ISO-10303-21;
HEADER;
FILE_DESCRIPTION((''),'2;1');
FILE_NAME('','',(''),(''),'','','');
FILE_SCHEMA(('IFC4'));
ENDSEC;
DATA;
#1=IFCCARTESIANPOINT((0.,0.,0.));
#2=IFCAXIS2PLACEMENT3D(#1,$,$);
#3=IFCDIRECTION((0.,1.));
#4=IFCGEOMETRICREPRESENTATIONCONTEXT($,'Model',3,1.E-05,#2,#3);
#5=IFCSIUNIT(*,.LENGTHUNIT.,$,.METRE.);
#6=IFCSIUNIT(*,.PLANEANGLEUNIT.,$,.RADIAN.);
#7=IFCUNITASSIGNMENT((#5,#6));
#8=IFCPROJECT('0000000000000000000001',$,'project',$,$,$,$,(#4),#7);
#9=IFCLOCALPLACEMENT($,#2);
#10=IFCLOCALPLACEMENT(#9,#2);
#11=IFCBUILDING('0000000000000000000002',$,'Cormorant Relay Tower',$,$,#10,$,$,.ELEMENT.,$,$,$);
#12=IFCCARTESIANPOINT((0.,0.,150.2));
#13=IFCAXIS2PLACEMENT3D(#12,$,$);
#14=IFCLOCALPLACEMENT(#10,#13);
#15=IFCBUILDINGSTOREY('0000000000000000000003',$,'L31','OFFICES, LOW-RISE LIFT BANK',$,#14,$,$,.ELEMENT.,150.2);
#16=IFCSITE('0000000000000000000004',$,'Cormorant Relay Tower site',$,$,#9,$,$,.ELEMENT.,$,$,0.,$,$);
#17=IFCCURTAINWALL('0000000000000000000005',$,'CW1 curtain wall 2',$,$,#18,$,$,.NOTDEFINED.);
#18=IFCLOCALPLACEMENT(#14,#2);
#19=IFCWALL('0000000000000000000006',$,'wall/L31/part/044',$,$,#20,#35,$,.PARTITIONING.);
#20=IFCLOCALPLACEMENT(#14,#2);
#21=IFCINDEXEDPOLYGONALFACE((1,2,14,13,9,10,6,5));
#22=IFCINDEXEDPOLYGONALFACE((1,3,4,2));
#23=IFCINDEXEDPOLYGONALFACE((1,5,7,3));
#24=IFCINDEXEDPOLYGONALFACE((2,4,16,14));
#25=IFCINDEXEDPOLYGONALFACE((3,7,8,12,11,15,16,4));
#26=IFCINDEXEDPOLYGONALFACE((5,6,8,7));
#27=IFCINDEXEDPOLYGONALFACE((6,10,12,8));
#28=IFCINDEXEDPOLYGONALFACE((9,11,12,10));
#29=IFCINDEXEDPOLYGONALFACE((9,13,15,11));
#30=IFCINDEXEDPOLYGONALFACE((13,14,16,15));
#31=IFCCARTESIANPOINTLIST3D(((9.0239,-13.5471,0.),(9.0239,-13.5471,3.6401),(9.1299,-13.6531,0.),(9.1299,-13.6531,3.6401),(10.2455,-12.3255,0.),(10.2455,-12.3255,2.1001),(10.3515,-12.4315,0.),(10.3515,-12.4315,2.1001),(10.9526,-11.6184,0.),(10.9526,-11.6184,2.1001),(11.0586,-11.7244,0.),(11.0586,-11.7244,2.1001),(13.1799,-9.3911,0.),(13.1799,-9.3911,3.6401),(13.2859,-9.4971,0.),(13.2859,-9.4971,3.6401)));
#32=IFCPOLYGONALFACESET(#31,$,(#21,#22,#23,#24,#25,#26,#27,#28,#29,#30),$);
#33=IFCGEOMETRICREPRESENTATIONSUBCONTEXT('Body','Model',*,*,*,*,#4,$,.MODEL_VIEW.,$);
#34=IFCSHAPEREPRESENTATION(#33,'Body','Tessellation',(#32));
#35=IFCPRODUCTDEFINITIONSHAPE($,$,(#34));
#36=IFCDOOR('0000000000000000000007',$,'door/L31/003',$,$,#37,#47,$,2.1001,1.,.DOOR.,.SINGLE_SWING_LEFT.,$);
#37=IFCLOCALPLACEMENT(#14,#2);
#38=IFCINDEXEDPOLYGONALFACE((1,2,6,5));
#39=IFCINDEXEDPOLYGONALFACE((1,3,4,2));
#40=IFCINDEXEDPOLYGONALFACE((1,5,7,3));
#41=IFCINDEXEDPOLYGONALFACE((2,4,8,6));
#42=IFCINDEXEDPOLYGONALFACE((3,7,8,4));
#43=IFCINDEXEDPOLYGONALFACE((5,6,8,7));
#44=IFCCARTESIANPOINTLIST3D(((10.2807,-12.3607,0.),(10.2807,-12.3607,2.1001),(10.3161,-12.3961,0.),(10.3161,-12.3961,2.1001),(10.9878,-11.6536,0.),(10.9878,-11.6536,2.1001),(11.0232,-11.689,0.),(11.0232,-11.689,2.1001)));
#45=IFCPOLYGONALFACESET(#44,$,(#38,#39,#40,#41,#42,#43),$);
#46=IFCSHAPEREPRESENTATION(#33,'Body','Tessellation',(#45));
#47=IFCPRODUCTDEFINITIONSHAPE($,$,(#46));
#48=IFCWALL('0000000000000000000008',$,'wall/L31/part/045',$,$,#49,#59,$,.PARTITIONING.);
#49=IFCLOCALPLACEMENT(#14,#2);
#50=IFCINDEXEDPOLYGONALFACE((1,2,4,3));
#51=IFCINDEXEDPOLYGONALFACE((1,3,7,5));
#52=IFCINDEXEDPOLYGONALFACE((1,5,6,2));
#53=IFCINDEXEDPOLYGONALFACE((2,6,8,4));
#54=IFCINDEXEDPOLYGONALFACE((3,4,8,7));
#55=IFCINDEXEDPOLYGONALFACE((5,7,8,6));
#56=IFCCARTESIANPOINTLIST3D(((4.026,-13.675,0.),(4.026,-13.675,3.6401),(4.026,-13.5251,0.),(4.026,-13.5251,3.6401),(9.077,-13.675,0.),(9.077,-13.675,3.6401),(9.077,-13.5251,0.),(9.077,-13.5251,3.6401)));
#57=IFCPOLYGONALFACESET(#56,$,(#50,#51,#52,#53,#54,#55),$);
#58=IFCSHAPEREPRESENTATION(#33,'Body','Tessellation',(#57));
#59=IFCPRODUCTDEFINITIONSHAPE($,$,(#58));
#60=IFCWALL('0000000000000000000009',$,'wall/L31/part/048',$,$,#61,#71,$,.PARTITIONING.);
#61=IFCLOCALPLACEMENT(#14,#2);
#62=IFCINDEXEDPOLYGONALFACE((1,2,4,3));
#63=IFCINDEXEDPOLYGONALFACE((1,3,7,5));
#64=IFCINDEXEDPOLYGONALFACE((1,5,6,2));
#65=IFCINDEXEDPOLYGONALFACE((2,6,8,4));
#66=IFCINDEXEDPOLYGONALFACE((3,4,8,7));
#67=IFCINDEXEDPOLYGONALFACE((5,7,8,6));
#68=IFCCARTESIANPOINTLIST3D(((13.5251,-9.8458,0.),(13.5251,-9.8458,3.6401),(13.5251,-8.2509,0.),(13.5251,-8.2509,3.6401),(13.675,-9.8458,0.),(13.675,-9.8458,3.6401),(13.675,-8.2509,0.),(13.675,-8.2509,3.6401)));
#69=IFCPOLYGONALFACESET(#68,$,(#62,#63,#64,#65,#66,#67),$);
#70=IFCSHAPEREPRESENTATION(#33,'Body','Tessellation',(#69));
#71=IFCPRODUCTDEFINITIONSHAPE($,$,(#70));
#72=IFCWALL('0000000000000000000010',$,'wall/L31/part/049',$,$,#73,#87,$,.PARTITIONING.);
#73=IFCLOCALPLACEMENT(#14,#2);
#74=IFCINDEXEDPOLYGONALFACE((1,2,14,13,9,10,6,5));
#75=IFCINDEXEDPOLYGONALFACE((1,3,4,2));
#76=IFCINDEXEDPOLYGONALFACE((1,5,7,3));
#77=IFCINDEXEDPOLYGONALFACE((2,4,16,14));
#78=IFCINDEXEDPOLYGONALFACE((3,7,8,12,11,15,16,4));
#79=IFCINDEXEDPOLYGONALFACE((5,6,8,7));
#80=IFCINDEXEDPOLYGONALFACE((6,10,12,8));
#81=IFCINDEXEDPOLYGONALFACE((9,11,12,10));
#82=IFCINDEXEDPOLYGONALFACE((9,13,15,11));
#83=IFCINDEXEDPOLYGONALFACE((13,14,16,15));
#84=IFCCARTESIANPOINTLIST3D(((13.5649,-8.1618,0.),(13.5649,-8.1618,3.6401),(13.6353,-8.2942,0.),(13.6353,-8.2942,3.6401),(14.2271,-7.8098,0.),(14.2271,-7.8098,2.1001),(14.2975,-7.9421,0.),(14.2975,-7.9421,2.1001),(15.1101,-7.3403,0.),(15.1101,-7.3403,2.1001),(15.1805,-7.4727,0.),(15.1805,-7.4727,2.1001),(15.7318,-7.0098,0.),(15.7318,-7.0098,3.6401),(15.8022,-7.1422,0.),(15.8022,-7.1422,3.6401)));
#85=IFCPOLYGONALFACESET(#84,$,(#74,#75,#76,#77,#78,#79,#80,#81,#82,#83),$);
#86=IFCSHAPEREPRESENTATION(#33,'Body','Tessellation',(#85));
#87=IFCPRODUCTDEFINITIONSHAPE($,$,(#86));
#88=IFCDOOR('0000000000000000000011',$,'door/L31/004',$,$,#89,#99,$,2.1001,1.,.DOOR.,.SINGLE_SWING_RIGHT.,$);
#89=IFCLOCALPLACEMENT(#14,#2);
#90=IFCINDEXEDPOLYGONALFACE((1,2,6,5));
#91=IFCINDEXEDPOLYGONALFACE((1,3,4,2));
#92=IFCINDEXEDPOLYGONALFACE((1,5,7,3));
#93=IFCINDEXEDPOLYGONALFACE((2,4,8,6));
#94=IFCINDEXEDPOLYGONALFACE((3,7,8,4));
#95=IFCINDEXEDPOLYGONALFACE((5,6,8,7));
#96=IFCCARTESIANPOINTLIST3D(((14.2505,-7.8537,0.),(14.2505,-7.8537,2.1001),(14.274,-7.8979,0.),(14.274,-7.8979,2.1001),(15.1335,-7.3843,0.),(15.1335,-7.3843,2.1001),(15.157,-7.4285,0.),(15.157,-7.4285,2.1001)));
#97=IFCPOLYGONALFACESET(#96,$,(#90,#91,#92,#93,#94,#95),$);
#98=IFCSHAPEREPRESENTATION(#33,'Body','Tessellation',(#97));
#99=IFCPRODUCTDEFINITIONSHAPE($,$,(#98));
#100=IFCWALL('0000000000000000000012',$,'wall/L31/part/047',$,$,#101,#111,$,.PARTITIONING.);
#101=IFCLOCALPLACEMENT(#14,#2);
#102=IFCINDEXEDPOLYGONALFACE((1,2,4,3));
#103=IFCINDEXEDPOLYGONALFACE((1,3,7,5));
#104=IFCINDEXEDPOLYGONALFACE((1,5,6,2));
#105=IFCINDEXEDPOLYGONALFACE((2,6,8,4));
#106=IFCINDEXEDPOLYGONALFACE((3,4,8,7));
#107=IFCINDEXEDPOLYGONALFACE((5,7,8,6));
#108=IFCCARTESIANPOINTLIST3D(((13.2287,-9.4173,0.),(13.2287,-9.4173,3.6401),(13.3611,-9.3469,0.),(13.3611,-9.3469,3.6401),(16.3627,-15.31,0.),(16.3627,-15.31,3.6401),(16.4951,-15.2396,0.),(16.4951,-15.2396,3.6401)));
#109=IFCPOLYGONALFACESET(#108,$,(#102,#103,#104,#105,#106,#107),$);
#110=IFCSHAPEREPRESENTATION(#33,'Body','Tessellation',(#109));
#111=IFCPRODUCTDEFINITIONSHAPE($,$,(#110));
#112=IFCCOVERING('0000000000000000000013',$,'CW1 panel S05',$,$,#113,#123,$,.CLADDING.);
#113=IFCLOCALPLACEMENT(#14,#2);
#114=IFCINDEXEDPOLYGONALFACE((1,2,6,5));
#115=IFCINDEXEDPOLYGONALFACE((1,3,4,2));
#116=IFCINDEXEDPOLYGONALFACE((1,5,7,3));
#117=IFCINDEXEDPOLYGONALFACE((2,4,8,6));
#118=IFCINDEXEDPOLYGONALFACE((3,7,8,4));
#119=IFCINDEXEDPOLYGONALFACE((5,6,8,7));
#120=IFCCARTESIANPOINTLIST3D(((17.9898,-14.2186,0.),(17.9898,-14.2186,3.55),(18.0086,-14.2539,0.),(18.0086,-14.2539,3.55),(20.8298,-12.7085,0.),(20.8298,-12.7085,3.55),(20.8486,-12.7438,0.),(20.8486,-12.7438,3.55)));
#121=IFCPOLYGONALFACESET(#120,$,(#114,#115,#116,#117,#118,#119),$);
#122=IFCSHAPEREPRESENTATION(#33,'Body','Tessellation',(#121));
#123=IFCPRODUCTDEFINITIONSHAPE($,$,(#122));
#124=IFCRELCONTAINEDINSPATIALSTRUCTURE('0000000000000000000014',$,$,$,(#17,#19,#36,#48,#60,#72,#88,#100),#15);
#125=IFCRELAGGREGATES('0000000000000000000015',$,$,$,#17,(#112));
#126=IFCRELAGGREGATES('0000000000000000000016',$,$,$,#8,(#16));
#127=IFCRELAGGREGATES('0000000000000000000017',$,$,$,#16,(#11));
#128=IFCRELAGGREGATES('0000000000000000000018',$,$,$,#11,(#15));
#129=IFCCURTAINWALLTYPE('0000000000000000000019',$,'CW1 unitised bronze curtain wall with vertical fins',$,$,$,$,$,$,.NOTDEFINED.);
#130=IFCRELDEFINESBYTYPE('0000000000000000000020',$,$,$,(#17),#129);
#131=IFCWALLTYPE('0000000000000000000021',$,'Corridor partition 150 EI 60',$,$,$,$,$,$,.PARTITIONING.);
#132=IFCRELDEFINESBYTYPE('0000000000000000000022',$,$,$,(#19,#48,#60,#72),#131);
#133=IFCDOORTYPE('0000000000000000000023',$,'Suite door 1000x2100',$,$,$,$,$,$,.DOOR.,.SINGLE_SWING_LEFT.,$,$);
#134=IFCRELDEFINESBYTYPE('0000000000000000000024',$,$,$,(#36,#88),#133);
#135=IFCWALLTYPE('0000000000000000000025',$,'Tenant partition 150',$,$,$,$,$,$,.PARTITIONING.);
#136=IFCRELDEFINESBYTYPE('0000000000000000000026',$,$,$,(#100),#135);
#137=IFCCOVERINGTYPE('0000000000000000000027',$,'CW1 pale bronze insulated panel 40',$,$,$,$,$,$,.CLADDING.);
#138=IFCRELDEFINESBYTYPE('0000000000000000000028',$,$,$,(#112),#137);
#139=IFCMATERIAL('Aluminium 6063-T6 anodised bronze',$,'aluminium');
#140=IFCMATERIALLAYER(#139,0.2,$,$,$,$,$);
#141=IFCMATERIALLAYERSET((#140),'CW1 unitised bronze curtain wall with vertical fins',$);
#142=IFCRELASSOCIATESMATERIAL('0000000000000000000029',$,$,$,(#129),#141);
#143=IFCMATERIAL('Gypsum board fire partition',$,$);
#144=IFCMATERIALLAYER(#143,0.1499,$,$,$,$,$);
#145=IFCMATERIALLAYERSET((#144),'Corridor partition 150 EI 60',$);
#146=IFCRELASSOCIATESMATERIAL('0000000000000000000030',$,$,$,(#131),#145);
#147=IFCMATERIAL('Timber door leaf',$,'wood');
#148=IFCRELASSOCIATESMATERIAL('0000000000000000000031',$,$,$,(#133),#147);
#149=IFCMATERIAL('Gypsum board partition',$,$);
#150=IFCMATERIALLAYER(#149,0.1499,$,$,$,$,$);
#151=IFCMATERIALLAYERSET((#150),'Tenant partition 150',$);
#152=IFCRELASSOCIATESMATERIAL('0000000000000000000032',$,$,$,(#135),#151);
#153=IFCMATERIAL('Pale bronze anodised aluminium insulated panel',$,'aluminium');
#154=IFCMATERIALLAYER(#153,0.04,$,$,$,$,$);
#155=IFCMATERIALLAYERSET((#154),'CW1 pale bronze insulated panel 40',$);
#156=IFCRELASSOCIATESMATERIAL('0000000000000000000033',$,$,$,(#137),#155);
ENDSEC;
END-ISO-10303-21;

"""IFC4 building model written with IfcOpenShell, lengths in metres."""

from ifc_helpers import new_model, si_unit, direction, frame, frame_2d, origin, origin_2d, place, context, subcontext, project, spatial, rectangle, extrude, material, layer, layer_set, type_object, element, fill, aggregate, save


model = new_model("IFC4")

# Units and contexts
model_context = context("Model", 3, precision=1e-05, world=origin(), true_north=direction((0.0, 1.0)))
body_context = subcontext(model_context, "Body", "Model", "MODEL_VIEW")
ifc_project = project(units=[si_unit("LENGTHUNIT", "METRE"), si_unit("PLANEANGLEUNIT", "RADIAN")], contexts=[model_context])

# Site, building, storey
site_placement = place(None, origin())
site = spatial("IfcSite", under=ifc_project, at=site_placement, Name="Cormorant Relay Tower site", CompositionType="ELEMENT", RefElevation=0.0)
building_placement = place(site_placement, origin())
building = spatial("IfcBuilding", under=site, at=building_placement, Name="Cormorant Relay Tower", CompositionType="ELEMENT")
storey_placement = place(building_placement, frame((0.0, 0.0, 150.2)))
storey = spatial("IfcBuildingStorey", under=building, at=storey_placement, Name="L31", Description="OFFICES, LOW-RISE LIFT BANK", CompositionType="ELEMENT", Elevation=150.2)

# Curtain wall
ifc_material_1 = material(Name="Aluminium 6063-T6 anodised bronze", Category="aluminium")
ifc_layer_1 = layer(ifc_material_1, 0.2)
ifc_layer_set_1 = layer_set([ifc_layer_1], Name="CW1 unitised bronze curtain wall with vertical fins")
curtain_wall_type = type_object("IfcCurtainWallType", Name="CW1 unitised bronze curtain wall with vertical fins", PredefinedType="NOTDEFINED", material=ifc_layer_set_1)
curtain_wall_placement = place(storey_placement, origin())
curtain_wall = element("IfcCurtainWall", 1, at=curtain_wall_placement, inside=storey, type_object=curtain_wall_type, Name="CW1 curtain wall 2", PredefinedType="NOTDEFINED")

# Wall, opening, door
ifc_material_2 = material(Name="Gypsum board fire partition")
ifc_layer_2 = layer(ifc_material_2, 0.1499)
ifc_layer_set_2 = layer_set([ifc_layer_2], Name="Corridor partition 150 EI 60")
wall_type_1 = type_object("IfcWallType", Name="Corridor partition 150 EI 60", PredefinedType="PARTITIONING", material=ifc_layer_set_2)
wall_1_placement = place(storey_placement, frame((13.2329, -9.4441, 0.0), z_axis=(0.0, 0.0, 1.0), x_axis=(-0.707107, -0.707107, 0.0)))
wall_1 = element("IfcWall", 2, at=wall_1_placement, inside=storey, type_object=wall_type_1, Name="wall/L31/part/044", PredefinedType="PARTITIONING", context=body_context, shape_type="SweptSolid", body=[
    extrude(rectangle(XDim=5.8774, YDim=0.1499, at=frame_2d((2.9387, 0.0))), origin(), (0.0, 0.0, 1.0), 3.6401),
])
opening_1_placement = place(wall_1_placement, frame((3.1499, 0.0, 0.0)))
opening_1 = element("IfcOpeningElement", 3, at=opening_1_placement, cuts=wall_1, PredefinedType="OPENING", context=body_context, shape_type="SweptSolid", body=[
    extrude(rectangle(XDim=1.0, YDim=2.1001, at=frame_2d((0.5, 1.05))), frame((0.0, 0.085, 0.0), z_axis=(0.0, -1.0, 0.0), x_axis=(1.0, 0.0, 0.0)), (0.0, 0.0, 1.0), 0.1699),
])
ifc_material_3 = material(Name="Timber door leaf", Category="wood")
door_type_1 = type_object("IfcDoorType", Name="Suite door 1000x2100", OperationType="SINGLE_SWING_LEFT", PredefinedType="DOOR", material=ifc_material_3)
door_1_placement = place(opening_1_placement, origin())
door_1 = element("IfcDoor", 4, at=door_1_placement, inside=storey, type_object=door_type_1, Name="door/L31/003", OperationType="SINGLE_SWING_LEFT", OverallHeight=2.1001, OverallWidth=1.0, PredefinedType="DOOR", context=body_context, shape_type="SweptSolid", body=[
    extrude(rectangle(XDim=1.0, YDim=2.1001, at=frame_2d((0.5, 1.05))), frame((0.0, 0.0249, 0.0), z_axis=(0.0, -1.0, 0.0), x_axis=(1.0, 0.0, 0.0)), (0.0, 0.0, 1.0), 0.05),
])
fill(opening_1, door_1)

# Walls
wall_2_placement = place(storey_placement, frame((9.0769, -13.6001, 0.0), z_axis=(0.0, 0.0, 1.0), x_axis=(-1.0, 0.0, 0.0)))
element("IfcWall", 5, at=wall_2_placement, inside=storey, type_object=wall_type_1, Name="wall/L31/part/045", PredefinedType="PARTITIONING", context=body_context, shape_type="SweptSolid", body=[
    extrude(rectangle(XDim=5.051, YDim=0.1499, at=frame_2d((2.5254, 0.0))), origin(), (0.0, 0.0, 1.0), 3.6401),
])
wall_3_placement = place(storey_placement, frame((13.6001, -8.251, 0.0), z_axis=(0.0, 0.0, 1.0), x_axis=(0.0, -1.0, 0.0)))
element("IfcWall", 6, at=wall_3_placement, inside=storey, type_object=wall_type_1, Name="wall/L31/part/048", PredefinedType="PARTITIONING", context=body_context, shape_type="SweptSolid", body=[
    extrude(rectangle(XDim=1.595, YDim=0.1499, at=frame_2d((0.7974, 0.0))), origin(), (0.0, 0.0, 1.0), 3.6401),
])

# Wall, opening, door
wall_4_placement = place(storey_placement, frame((13.6001, -8.228, 0.0), z_axis=(0.0, 0.0, 1.0), x_axis=(0.882966, 0.469436, 0.0)))
wall_4 = element("IfcWall", 7, at=wall_4_placement, inside=storey, type_object=wall_type_1, Name="wall/L31/part/049", PredefinedType="PARTITIONING", context=body_context, shape_type="SweptSolid", body=[
    extrude(rectangle(XDim=2.4541, YDim=0.1499, at=frame_2d((1.2271, 0.0))), origin(), (0.0, 0.0, 1.0), 3.6401),
])
opening_2_placement = place(wall_4_placement, frame((0.75, 0.0, 0.0)))
opening_2 = element("IfcOpeningElement", 8, at=opening_2_placement, cuts=wall_4, PredefinedType="OPENING", context=body_context, shape_type="SweptSolid", body=[
    extrude(rectangle(XDim=1.0, YDim=2.1001, at=frame_2d((0.5, 1.05))), frame((0.0, 0.085, 0.0), z_axis=(0.0, -1.0, 0.0), x_axis=(1.0, 0.0, 0.0)), (0.0, 0.0, 1.0), 0.1699),
])
door_2_placement = place(opening_2_placement, frame((1.0, 0.0, 0.0), z_axis=(0.0, 0.0, 1.0), x_axis=(-1.0, 0.0, 0.0)))
door_2 = element("IfcDoor", 9, at=door_2_placement, inside=storey, type_object=door_type_1, Name="door/L31/004", OperationType="SINGLE_SWING_RIGHT", OverallHeight=2.1001, OverallWidth=1.0, PredefinedType="DOOR", context=body_context, shape_type="SweptSolid", body=[
    extrude(rectangle(XDim=1.0, YDim=2.1001, at=frame_2d((0.5, 1.05))), frame((0.0, 0.0249, 0.0), z_axis=(0.0, -1.0, 0.0), x_axis=(1.0, 0.0, 0.0)), (0.0, 0.0, 1.0), 0.05),
])
fill(opening_2, door_2)

# Wall
ifc_material_4 = material(Name="Gypsum board partition")
ifc_layer_3 = layer(ifc_material_4, 0.1499)
ifc_layer_set_3 = layer_set([ifc_layer_3], Name="Tenant partition 150")
wall_type_2 = type_object("IfcWallType", Name="Tenant partition 150", PredefinedType="PARTITIONING", material=ifc_layer_set_3)
wall_5_placement = place(storey_placement, frame((13.2949, -9.3821, 0.0), z_axis=(0.0, 0.0, 1.0), x_axis=(0.469561, -0.8829, 0.0)))
element("IfcWall", 10, at=wall_5_placement, inside=storey, type_object=wall_type_2, Name="wall/L31/part/047", PredefinedType="PARTITIONING", context=body_context, shape_type="SweptSolid", body=[
    extrude(rectangle(XDim=6.6743, YDim=0.1499, at=frame_2d((3.3372, 0.0))), origin(), (0.0, 0.0, 1.0), 3.6401),
])

# Covering
ifc_material_5 = material(Name="Pale bronze anodised aluminium insulated panel", Category="aluminium")
ifc_layer_4 = layer(ifc_material_5, 0.04)
ifc_layer_set_4 = layer_set([ifc_layer_4], Name="CW1 pale bronze insulated panel 40")
covering_type = type_object("IfcCoveringType", Name="CW1 pale bronze insulated panel 40", PredefinedType="CLADDING", material=ifc_layer_set_4)
covering_placement = place(storey_placement, frame((19.4192, -13.4812, 0.0), z_axis=(0.0, 0.0, 1.0), x_axis=(0.882948, 0.469472, 0.0)))
covering = element("IfcCovering", 11, at=covering_placement, type_object=covering_type, Name="CW1 panel S05", PredefinedType="CLADDING", context=body_context, shape_type="SweptSolid", body=[
    extrude(rectangle(XDim=3.2166, YDim=0.04, at=origin_2d()), origin(), (0.0, 0.0, 1.0), 3.55),
])
aggregate(curtain_wall, [covering])

save(model, "model.ifc")
